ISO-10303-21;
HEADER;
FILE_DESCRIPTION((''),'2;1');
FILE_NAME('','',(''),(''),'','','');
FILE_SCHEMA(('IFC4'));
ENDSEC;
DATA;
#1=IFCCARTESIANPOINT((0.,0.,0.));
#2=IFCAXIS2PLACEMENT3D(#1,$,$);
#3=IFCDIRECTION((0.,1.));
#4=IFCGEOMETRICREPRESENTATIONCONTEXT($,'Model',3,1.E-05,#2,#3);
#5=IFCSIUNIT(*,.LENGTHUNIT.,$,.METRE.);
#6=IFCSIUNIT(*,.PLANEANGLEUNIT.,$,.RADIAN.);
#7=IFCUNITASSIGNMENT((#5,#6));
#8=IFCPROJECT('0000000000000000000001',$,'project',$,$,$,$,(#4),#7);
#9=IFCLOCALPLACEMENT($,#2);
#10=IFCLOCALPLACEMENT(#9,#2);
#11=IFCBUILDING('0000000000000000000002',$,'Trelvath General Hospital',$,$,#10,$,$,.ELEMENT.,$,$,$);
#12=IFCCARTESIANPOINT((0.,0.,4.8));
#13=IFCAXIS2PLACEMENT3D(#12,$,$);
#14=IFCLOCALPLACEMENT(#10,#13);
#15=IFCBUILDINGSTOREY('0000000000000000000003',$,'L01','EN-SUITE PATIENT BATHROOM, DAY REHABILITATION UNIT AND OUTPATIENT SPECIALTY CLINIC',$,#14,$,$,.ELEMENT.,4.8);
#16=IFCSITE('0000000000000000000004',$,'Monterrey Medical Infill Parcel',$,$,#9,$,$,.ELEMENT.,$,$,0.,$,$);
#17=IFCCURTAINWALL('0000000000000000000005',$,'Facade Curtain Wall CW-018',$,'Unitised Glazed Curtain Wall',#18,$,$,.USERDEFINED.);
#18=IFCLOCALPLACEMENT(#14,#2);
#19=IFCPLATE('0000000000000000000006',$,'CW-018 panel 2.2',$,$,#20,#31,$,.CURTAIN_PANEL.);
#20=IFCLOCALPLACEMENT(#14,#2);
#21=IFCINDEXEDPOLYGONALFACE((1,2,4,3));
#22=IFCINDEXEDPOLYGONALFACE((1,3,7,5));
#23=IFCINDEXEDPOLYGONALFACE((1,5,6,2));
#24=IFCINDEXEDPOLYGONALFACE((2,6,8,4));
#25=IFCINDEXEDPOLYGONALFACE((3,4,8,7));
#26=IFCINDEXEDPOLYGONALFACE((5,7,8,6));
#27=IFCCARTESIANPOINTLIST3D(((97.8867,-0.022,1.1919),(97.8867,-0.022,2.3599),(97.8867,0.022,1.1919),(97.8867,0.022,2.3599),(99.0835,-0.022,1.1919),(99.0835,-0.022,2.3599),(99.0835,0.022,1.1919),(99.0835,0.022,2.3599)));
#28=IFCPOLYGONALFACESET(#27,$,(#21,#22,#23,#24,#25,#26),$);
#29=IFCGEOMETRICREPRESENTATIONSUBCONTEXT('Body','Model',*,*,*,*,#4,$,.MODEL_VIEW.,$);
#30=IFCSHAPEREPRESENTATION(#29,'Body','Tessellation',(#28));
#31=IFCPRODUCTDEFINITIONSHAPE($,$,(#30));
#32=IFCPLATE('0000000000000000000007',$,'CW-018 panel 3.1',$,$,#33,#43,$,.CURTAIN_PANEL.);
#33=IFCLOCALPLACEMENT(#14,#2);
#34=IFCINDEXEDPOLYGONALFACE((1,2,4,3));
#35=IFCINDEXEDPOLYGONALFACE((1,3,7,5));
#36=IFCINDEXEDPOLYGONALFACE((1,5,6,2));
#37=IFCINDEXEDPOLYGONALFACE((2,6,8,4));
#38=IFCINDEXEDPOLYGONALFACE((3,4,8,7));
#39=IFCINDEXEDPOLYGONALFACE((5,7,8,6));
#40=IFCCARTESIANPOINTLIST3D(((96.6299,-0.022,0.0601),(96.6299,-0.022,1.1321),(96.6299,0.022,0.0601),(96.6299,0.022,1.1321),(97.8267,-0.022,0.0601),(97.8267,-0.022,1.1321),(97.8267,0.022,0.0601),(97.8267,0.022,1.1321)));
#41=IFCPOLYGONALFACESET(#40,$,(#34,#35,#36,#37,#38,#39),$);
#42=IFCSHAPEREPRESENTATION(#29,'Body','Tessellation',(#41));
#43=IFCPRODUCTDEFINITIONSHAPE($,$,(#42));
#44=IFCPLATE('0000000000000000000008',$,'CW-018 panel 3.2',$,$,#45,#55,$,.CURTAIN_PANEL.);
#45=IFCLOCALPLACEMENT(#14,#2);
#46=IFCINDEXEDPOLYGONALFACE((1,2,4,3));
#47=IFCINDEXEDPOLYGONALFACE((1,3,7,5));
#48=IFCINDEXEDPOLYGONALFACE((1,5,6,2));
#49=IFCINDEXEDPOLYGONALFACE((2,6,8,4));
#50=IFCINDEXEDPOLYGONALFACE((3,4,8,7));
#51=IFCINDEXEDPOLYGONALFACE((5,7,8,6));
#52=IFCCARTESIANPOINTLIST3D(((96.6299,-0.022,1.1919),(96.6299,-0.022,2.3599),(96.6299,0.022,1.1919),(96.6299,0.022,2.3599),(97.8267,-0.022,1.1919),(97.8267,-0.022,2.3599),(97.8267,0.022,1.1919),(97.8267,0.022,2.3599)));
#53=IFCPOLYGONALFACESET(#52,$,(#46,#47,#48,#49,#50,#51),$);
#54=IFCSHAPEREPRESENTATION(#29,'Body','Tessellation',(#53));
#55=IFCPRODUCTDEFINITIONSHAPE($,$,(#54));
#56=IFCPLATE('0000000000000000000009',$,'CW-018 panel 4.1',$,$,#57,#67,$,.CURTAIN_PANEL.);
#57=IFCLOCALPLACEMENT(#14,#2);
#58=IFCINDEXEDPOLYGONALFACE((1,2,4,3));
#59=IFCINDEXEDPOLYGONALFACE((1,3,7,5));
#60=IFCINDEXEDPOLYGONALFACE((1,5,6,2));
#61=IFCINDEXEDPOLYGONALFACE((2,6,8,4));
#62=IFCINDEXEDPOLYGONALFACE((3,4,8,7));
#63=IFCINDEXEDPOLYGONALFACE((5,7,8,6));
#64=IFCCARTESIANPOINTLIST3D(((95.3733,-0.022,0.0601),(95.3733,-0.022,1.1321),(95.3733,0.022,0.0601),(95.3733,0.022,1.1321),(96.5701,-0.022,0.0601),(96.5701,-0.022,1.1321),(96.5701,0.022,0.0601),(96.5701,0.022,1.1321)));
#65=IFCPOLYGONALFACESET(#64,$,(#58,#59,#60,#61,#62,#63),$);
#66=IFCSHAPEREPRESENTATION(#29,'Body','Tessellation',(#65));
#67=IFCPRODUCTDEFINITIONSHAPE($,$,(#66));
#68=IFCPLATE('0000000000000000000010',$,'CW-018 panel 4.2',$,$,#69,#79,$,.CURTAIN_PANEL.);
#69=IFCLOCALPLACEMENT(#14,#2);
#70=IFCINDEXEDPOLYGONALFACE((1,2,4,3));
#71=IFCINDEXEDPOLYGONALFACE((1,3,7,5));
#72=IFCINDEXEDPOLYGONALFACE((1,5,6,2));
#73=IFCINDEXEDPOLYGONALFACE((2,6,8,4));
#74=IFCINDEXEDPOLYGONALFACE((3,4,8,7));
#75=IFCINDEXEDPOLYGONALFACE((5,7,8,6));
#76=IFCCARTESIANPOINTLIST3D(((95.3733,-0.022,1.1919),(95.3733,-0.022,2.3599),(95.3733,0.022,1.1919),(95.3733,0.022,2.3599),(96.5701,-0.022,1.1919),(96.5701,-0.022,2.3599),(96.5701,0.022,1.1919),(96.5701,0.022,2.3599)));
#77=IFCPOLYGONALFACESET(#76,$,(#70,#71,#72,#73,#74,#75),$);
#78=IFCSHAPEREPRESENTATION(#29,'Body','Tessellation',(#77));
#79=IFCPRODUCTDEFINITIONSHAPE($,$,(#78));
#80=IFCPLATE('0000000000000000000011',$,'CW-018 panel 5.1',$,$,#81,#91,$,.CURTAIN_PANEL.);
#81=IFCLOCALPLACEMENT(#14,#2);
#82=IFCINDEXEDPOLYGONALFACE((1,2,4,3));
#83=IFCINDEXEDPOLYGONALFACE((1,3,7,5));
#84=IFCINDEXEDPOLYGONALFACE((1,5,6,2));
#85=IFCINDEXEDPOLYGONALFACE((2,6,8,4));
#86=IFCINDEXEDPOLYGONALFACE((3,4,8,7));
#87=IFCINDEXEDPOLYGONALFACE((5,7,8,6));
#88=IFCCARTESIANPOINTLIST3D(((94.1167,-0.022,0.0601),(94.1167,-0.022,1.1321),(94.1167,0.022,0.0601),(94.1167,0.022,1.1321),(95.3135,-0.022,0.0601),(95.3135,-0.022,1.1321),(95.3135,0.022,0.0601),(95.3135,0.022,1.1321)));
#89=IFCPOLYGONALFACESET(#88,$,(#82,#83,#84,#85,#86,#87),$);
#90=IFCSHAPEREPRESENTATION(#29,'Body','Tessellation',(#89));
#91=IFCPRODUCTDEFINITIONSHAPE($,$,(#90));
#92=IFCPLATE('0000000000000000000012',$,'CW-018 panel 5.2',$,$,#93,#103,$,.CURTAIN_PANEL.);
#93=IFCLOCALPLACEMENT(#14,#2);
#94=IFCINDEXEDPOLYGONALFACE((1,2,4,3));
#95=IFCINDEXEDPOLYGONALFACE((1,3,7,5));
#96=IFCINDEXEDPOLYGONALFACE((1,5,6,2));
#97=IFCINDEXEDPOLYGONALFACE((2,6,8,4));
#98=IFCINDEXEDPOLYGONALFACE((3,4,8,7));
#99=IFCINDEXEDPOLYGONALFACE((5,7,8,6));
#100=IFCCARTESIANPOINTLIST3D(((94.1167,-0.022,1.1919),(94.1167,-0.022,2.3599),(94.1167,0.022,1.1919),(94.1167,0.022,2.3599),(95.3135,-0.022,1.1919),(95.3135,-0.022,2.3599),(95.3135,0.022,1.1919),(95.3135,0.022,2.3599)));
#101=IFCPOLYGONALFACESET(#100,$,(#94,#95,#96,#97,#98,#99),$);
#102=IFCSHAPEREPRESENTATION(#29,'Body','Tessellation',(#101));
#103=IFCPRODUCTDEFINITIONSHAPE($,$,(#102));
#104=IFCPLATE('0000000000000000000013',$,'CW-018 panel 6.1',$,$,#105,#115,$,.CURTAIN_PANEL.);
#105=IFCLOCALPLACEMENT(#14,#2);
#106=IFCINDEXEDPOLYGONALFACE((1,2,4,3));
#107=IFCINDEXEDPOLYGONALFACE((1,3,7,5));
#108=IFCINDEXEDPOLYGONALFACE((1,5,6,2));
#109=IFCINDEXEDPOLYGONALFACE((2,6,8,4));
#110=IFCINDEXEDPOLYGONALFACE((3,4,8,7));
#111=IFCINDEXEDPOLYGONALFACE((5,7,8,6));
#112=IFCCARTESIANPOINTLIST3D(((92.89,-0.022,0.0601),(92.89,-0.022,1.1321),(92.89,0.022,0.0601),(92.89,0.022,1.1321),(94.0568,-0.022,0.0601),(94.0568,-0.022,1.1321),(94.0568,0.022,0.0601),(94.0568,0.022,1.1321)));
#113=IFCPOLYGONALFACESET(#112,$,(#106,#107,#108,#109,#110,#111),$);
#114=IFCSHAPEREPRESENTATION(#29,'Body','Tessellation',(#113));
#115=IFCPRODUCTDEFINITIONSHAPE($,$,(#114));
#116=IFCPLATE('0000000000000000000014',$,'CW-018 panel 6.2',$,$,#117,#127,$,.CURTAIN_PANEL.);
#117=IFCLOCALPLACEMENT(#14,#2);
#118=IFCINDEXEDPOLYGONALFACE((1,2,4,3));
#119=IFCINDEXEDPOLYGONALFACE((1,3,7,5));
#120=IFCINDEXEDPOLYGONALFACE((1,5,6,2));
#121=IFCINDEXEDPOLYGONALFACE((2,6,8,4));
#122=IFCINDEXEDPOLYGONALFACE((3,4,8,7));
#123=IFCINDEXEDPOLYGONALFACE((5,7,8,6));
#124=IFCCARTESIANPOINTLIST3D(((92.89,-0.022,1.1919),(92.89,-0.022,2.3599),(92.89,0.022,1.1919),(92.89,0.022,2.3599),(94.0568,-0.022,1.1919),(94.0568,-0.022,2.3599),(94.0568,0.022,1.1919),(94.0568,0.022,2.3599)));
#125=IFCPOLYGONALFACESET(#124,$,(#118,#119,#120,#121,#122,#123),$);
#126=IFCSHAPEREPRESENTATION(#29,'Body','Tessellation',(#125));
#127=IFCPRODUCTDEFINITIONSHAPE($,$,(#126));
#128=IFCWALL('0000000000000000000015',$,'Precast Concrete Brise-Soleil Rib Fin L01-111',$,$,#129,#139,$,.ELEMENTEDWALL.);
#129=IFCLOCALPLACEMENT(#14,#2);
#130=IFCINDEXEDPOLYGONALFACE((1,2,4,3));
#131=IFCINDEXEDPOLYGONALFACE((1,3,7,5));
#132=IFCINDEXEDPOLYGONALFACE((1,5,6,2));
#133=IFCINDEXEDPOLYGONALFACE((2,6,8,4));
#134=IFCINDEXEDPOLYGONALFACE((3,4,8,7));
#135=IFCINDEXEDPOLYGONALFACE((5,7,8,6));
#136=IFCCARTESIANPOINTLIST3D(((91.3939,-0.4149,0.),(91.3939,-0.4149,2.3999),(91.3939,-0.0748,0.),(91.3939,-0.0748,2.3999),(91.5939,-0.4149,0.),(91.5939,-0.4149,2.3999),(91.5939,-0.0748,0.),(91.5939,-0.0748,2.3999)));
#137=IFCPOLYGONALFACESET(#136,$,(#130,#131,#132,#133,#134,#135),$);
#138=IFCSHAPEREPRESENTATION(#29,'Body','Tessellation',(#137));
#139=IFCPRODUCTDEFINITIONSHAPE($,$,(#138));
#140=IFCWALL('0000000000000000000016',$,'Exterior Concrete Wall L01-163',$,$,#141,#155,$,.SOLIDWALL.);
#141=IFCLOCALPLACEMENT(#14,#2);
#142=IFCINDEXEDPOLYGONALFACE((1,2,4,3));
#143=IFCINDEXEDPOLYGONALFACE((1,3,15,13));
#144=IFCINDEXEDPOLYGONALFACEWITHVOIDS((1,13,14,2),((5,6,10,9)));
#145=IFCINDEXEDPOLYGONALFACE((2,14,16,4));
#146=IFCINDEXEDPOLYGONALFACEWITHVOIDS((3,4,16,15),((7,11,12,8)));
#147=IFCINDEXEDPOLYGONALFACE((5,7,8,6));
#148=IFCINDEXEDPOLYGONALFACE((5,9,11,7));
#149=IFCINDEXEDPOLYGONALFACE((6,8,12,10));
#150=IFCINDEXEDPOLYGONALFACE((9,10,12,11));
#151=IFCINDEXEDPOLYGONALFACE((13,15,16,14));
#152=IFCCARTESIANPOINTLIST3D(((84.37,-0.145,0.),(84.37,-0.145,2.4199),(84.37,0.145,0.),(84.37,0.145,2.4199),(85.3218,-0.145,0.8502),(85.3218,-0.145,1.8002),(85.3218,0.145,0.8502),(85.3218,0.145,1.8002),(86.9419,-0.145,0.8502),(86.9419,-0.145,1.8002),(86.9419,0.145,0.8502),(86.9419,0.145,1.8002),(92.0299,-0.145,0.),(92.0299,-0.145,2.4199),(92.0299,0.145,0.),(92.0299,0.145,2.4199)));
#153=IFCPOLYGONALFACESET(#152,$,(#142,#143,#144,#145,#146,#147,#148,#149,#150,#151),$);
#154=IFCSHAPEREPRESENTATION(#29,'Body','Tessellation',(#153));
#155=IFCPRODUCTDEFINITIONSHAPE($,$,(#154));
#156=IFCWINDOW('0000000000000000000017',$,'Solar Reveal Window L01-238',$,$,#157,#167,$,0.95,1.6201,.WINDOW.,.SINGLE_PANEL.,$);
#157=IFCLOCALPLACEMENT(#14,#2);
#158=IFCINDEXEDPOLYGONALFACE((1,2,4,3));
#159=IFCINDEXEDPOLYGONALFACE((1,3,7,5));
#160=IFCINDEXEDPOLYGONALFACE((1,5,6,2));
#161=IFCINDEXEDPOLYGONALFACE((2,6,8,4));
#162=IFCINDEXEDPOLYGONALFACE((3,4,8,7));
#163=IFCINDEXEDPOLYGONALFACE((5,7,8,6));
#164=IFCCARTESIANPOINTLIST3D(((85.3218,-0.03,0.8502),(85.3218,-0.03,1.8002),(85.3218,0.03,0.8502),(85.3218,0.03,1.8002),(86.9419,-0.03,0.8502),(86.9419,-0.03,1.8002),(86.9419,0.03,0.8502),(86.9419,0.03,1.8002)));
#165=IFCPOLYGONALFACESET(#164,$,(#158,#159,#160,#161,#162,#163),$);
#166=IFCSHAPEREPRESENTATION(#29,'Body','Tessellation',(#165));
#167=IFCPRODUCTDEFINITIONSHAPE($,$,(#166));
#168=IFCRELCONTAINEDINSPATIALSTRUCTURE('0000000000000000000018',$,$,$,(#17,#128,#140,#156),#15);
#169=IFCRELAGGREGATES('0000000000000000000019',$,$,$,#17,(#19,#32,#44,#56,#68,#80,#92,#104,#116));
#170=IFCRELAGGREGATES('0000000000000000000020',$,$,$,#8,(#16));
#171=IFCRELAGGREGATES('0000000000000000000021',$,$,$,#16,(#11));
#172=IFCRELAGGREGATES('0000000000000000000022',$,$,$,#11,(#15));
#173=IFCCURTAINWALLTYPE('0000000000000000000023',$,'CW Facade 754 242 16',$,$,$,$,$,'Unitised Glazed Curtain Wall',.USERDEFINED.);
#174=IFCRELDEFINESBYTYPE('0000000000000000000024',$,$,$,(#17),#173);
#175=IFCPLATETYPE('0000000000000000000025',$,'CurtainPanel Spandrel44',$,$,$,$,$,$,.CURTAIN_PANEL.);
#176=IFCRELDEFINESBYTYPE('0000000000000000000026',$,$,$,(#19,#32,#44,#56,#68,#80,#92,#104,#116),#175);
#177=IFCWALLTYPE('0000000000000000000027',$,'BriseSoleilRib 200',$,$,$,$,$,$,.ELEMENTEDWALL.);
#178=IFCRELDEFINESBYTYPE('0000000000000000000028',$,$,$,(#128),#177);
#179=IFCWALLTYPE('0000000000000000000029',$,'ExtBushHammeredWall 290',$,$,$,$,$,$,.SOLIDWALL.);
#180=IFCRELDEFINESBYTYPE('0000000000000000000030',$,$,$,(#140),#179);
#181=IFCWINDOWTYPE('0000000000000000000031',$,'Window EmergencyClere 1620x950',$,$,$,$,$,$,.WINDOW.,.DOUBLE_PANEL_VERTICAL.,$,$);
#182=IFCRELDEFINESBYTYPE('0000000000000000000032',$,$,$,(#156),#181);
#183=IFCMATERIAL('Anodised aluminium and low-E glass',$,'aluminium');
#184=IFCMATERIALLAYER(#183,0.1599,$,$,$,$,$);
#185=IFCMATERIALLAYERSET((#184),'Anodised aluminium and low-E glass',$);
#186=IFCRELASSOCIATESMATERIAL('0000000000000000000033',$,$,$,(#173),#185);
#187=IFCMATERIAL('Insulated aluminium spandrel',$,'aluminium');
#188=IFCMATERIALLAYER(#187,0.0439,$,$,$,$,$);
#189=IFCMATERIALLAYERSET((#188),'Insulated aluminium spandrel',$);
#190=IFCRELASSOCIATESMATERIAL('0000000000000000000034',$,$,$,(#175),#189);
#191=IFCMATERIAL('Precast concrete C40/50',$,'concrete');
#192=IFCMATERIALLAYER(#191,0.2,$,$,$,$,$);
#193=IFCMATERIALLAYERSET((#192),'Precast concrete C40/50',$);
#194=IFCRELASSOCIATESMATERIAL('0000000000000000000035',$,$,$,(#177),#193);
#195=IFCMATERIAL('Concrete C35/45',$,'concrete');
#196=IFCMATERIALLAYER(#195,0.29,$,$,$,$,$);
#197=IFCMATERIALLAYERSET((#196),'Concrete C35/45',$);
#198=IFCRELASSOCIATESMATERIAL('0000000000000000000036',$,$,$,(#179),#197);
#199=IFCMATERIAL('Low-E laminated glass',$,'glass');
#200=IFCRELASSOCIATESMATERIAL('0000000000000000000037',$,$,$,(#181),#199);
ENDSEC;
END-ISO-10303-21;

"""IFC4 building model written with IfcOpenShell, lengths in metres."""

from ifc_helpers import new_model, si_unit, direction, frame, frame_2d, origin, origin_2d, place, context, subcontext, project, spatial, rectangle, extrude, material, layer, layer_set, type_object, element, fill, aggregate, save


model = new_model("IFC4")

# Units and contexts
model_context = context("Model", 3, precision=1e-05, world=origin(), true_north=direction((0.0, 1.0)))
body_context = subcontext(model_context, "Body", "Model", "MODEL_VIEW")
ifc_project = project(units=[si_unit("LENGTHUNIT", "METRE"), si_unit("PLANEANGLEUNIT", "RADIAN")], contexts=[model_context])

# Site, building, storey
site_placement = place(None, origin())
site = spatial("IfcSite", under=ifc_project, at=site_placement, Name="Monterrey Medical Infill Parcel", CompositionType="ELEMENT", RefElevation=0.0)
building_placement = place(site_placement, origin())
building = spatial("IfcBuilding", under=site, at=building_placement, Name="Trelvath General Hospital", CompositionType="ELEMENT")
storey_placement = place(building_placement, frame((0.0, 0.0, 4.8)))
storey = spatial("IfcBuildingStorey", under=building, at=storey_placement, Name="L01", Description="EN-SUITE PATIENT BATHROOM, DAY REHABILITATION UNIT AND OUTPATIENT SPECIALTY CLINIC", CompositionType="ELEMENT", Elevation=4.8)

# Curtain wall, plates
ifc_material_1 = material(Name="Anodised aluminium and low-E glass", Category="aluminium")
ifc_layer_1 = layer(ifc_material_1, 0.1599)
ifc_layer_set_1 = layer_set([ifc_layer_1], Name="Anodised aluminium and low-E glass")
curtain_wall_type = type_object("IfcCurtainWallType", Name="CW Facade 754 242 16", ElementType="Unitised Glazed Curtain Wall", PredefinedType="USERDEFINED", material=ifc_layer_set_1)
curtain_wall_placement = place(storey_placement, origin())
curtain_wall = element("IfcCurtainWall", 1, at=curtain_wall_placement, inside=storey, type_object=curtain_wall_type, Name="Facade Curtain Wall CW-018", ObjectType="Unitised Glazed Curtain Wall", PredefinedType="USERDEFINED")
ifc_material_2 = material(Name="Insulated aluminium spandrel", Category="aluminium")
ifc_layer_2 = layer(ifc_material_2, 0.0439)
ifc_layer_set_2 = layer_set([ifc_layer_2], Name="Insulated aluminium spandrel")
plate_type = type_object("IfcPlateType", Name="CurtainPanel Spandrel44", PredefinedType="CURTAIN_PANEL", material=ifc_layer_set_2)
plate_1_placement = place(storey_placement, frame((98.4851, 0.0, 1.1919), z_axis=(0.0, 0.0, 1.0), x_axis=(-1.0, 0.0, 0.0)))
plate_1 = element("IfcPlate", 2, at=plate_1_placement, type_object=plate_type, Name="CW-018 panel 2.2", PredefinedType="CURTAIN_PANEL", context=body_context, shape_type="SweptSolid", body=[
    extrude(rectangle(XDim=1.1968, YDim=0.0439, at=origin_2d()), origin(), (0.0, 0.0, 1.0), 1.168),
])
plate_2_placement = place(storey_placement, frame((97.2283, 0.0, 0.0601), z_axis=(0.0, 0.0, 1.0), x_axis=(-1.0, 0.0, 0.0)))
plate_2 = element("IfcPlate", 3, at=plate_2_placement, type_object=plate_type, Name="CW-018 panel 3.1", PredefinedType="CURTAIN_PANEL", context=body_context, shape_type="SweptSolid", body=[
    extrude(rectangle(XDim=1.1968, YDim=0.0439, at=origin_2d()), origin(), (0.0, 0.0, 1.0), 1.072),
])
plate_3_placement = place(storey_placement, frame((97.2283, 0.0, 1.1919), z_axis=(0.0, 0.0, 1.0), x_axis=(-1.0, 0.0, 0.0)))
plate_3 = element("IfcPlate", 4, at=plate_3_placement, type_object=plate_type, Name="CW-018 panel 3.2", PredefinedType="CURTAIN_PANEL", context=body_context, shape_type="SweptSolid", body=[
    extrude(rectangle(XDim=1.1968, YDim=0.0439, at=origin_2d()), origin(), (0.0, 0.0, 1.0), 1.168),
])
plate_4_placement = place(storey_placement, frame((95.9717, 0.0, 0.0601), z_axis=(0.0, 0.0, 1.0), x_axis=(-1.0, 0.0, 0.0)))
plate_4 = element("IfcPlate", 5, at=plate_4_placement, type_object=plate_type, Name="CW-018 panel 4.1", PredefinedType="CURTAIN_PANEL", context=body_context, shape_type="SweptSolid", body=[
    extrude(rectangle(XDim=1.1968, YDim=0.0439, at=origin_2d()), origin(), (0.0, 0.0, 1.0), 1.072),
])
plate_5_placement = place(storey_placement, frame((95.9717, 0.0, 1.1919), z_axis=(0.0, 0.0, 1.0), x_axis=(-1.0, 0.0, 0.0)))
plate_5 = element("IfcPlate", 6, at=plate_5_placement, type_object=plate_type, Name="CW-018 panel 4.2", PredefinedType="CURTAIN_PANEL", context=body_context, shape_type="SweptSolid", body=[
    extrude(rectangle(XDim=1.1968, YDim=0.0439, at=origin_2d()), origin(), (0.0, 0.0, 1.0), 1.168),
])
plate_6_placement = place(storey_placement, frame((94.7151, 0.0, 0.0601), z_axis=(0.0, 0.0, 1.0), x_axis=(-1.0, 0.0, 0.0)))
plate_6 = element("IfcPlate", 7, at=plate_6_placement, type_object=plate_type, Name="CW-018 panel 5.1", PredefinedType="CURTAIN_PANEL", context=body_context, shape_type="SweptSolid", body=[
    extrude(rectangle(XDim=1.1968, YDim=0.0439, at=origin_2d()), origin(), (0.0, 0.0, 1.0), 1.072),
])
plate_7_placement = place(storey_placement, frame((94.7151, 0.0, 1.1919), z_axis=(0.0, 0.0, 1.0), x_axis=(-1.0, 0.0, 0.0)))
plate_7 = element("IfcPlate", 8, at=plate_7_placement, type_object=plate_type, Name="CW-018 panel 5.2", PredefinedType="CURTAIN_PANEL", context=body_context, shape_type="SweptSolid", body=[
    extrude(rectangle(XDim=1.1968, YDim=0.0439, at=origin_2d()), origin(), (0.0, 0.0, 1.0), 1.168),
])
plate_8_placement = place(storey_placement, frame((93.4734, 0.0, 0.0601), z_axis=(0.0, 0.0, 1.0), x_axis=(-1.0, 0.0, 0.0)))
plate_8 = element("IfcPlate", 9, at=plate_8_placement, type_object=plate_type, Name="CW-018 panel 6.1", PredefinedType="CURTAIN_PANEL", context=body_context, shape_type="SweptSolid", body=[
    extrude(rectangle(XDim=1.1667, YDim=0.0439, at=origin_2d()), origin(), (0.0, 0.0, 1.0), 1.072),
])
plate_9_placement = place(storey_placement, frame((93.4734, 0.0, 1.1919), z_axis=(0.0, 0.0, 1.0), x_axis=(-1.0, 0.0, 0.0)))
plate_9 = element("IfcPlate", 10, at=plate_9_placement, type_object=plate_type, Name="CW-018 panel 6.2", PredefinedType="CURTAIN_PANEL", context=body_context, shape_type="SweptSolid", body=[
    extrude(rectangle(XDim=1.1667, YDim=0.0439, at=origin_2d()), origin(), (0.0, 0.0, 1.0), 1.168),
])
aggregate(curtain_wall, [plate_1, plate_2, plate_3, plate_4, plate_5, plate_6, plate_7, plate_8, plate_9])

# Wall
ifc_material_3 = material(Name="Precast concrete C40/50", Category="concrete")
ifc_layer_3 = layer(ifc_material_3, 0.2)
ifc_layer_set_3 = layer_set([ifc_layer_3], Name="Precast concrete C40/50")
wall_type_1 = type_object("IfcWallType", Name="BriseSoleilRib 200", PredefinedType="ELEMENTEDWALL", material=ifc_layer_set_3)
wall_1_placement = place(storey_placement, frame((91.4939, -0.075, 0.0), z_axis=(0.0, 0.0, 1.0), x_axis=(0.0, -1.0, 0.0)))
element("IfcWall", 11, at=wall_1_placement, inside=storey, type_object=wall_type_1, Name="Precast Concrete Brise-Soleil Rib Fin L01-111", PredefinedType="ELEMENTEDWALL", context=body_context, shape_type="SweptSolid", body=[
    extrude(rectangle(XDim=0.3401, YDim=0.2, at=frame_2d((0.1699, 0.0))), origin(), (0.0, 0.0, 1.0), 2.3999),
])

# Wall, opening, window
ifc_material_4 = material(Name="Concrete C35/45", Category="concrete")
ifc_layer_4 = layer(ifc_material_4, 0.29)
ifc_layer_set_4 = layer_set([ifc_layer_4], Name="Concrete C35/45")
wall_type_2 = type_object("IfcWallType", Name="ExtBushHammeredWall 290", PredefinedType="SOLIDWALL", material=ifc_layer_set_4)
wall_2_placement = place(storey_placement, frame((92.03, 0.0, 0.0), z_axis=(0.0, 0.0, 1.0), x_axis=(-1.0, 0.0, 0.0)))
wall_2 = element("IfcWall", 12, at=wall_2_placement, inside=storey, type_object=wall_type_2, Name="Exterior Concrete Wall L01-163", PredefinedType="SOLIDWALL", context=body_context, shape_type="SweptSolid", body=[
    extrude(rectangle(XDim=7.6599, YDim=0.29, at=frame_2d((3.8301, 0.0))), origin(), (0.0, 0.0, 1.0), 2.4199),
])
opening_placement = place(wall_2_placement, frame((5.0881, 0.0, 0.8501)))
opening = element("IfcOpeningElement", 13, at=opening_placement, cuts=wall_2, PredefinedType="OPENING", context=body_context, shape_type="SweptSolid", body=[
    extrude(rectangle(XDim=1.6201, YDim=0.95, at=frame_2d((0.8101, 0.4751))), frame((0.0, 0.155, 0.0), z_axis=(0.0, -1.0, 0.0), x_axis=(1.0, 0.0, 0.0)), (0.0, 0.0, 1.0), 0.3101),
])
ifc_material_5 = material(Name="Low-E laminated glass", Category="glass")
window_type = type_object("IfcWindowType", Name="Window EmergencyClere 1620x950", PartitioningType="DOUBLE_PANEL_VERTICAL", PredefinedType="WINDOW", material=ifc_material_5)
window_placement = place(opening_placement, origin())
window = element("IfcWindow", 14, at=window_placement, inside=storey, type_object=window_type, Name="Solar Reveal Window L01-238", OverallHeight=0.95, OverallWidth=1.6201, PartitioningType="SINGLE_PANEL", PredefinedType="WINDOW", context=body_context, shape_type="SweptSolid", body=[
    extrude(rectangle(XDim=1.6201, YDim=0.95, at=frame_2d((0.8101, 0.4751))), frame((0.0, 0.03, 0.0), z_axis=(0.0, -1.0, 0.0), x_axis=(1.0, 0.0, 0.0)), (0.0, 0.0, 1.0), 0.0601),
])
fill(opening, window)

save(model, "model.ifc")
